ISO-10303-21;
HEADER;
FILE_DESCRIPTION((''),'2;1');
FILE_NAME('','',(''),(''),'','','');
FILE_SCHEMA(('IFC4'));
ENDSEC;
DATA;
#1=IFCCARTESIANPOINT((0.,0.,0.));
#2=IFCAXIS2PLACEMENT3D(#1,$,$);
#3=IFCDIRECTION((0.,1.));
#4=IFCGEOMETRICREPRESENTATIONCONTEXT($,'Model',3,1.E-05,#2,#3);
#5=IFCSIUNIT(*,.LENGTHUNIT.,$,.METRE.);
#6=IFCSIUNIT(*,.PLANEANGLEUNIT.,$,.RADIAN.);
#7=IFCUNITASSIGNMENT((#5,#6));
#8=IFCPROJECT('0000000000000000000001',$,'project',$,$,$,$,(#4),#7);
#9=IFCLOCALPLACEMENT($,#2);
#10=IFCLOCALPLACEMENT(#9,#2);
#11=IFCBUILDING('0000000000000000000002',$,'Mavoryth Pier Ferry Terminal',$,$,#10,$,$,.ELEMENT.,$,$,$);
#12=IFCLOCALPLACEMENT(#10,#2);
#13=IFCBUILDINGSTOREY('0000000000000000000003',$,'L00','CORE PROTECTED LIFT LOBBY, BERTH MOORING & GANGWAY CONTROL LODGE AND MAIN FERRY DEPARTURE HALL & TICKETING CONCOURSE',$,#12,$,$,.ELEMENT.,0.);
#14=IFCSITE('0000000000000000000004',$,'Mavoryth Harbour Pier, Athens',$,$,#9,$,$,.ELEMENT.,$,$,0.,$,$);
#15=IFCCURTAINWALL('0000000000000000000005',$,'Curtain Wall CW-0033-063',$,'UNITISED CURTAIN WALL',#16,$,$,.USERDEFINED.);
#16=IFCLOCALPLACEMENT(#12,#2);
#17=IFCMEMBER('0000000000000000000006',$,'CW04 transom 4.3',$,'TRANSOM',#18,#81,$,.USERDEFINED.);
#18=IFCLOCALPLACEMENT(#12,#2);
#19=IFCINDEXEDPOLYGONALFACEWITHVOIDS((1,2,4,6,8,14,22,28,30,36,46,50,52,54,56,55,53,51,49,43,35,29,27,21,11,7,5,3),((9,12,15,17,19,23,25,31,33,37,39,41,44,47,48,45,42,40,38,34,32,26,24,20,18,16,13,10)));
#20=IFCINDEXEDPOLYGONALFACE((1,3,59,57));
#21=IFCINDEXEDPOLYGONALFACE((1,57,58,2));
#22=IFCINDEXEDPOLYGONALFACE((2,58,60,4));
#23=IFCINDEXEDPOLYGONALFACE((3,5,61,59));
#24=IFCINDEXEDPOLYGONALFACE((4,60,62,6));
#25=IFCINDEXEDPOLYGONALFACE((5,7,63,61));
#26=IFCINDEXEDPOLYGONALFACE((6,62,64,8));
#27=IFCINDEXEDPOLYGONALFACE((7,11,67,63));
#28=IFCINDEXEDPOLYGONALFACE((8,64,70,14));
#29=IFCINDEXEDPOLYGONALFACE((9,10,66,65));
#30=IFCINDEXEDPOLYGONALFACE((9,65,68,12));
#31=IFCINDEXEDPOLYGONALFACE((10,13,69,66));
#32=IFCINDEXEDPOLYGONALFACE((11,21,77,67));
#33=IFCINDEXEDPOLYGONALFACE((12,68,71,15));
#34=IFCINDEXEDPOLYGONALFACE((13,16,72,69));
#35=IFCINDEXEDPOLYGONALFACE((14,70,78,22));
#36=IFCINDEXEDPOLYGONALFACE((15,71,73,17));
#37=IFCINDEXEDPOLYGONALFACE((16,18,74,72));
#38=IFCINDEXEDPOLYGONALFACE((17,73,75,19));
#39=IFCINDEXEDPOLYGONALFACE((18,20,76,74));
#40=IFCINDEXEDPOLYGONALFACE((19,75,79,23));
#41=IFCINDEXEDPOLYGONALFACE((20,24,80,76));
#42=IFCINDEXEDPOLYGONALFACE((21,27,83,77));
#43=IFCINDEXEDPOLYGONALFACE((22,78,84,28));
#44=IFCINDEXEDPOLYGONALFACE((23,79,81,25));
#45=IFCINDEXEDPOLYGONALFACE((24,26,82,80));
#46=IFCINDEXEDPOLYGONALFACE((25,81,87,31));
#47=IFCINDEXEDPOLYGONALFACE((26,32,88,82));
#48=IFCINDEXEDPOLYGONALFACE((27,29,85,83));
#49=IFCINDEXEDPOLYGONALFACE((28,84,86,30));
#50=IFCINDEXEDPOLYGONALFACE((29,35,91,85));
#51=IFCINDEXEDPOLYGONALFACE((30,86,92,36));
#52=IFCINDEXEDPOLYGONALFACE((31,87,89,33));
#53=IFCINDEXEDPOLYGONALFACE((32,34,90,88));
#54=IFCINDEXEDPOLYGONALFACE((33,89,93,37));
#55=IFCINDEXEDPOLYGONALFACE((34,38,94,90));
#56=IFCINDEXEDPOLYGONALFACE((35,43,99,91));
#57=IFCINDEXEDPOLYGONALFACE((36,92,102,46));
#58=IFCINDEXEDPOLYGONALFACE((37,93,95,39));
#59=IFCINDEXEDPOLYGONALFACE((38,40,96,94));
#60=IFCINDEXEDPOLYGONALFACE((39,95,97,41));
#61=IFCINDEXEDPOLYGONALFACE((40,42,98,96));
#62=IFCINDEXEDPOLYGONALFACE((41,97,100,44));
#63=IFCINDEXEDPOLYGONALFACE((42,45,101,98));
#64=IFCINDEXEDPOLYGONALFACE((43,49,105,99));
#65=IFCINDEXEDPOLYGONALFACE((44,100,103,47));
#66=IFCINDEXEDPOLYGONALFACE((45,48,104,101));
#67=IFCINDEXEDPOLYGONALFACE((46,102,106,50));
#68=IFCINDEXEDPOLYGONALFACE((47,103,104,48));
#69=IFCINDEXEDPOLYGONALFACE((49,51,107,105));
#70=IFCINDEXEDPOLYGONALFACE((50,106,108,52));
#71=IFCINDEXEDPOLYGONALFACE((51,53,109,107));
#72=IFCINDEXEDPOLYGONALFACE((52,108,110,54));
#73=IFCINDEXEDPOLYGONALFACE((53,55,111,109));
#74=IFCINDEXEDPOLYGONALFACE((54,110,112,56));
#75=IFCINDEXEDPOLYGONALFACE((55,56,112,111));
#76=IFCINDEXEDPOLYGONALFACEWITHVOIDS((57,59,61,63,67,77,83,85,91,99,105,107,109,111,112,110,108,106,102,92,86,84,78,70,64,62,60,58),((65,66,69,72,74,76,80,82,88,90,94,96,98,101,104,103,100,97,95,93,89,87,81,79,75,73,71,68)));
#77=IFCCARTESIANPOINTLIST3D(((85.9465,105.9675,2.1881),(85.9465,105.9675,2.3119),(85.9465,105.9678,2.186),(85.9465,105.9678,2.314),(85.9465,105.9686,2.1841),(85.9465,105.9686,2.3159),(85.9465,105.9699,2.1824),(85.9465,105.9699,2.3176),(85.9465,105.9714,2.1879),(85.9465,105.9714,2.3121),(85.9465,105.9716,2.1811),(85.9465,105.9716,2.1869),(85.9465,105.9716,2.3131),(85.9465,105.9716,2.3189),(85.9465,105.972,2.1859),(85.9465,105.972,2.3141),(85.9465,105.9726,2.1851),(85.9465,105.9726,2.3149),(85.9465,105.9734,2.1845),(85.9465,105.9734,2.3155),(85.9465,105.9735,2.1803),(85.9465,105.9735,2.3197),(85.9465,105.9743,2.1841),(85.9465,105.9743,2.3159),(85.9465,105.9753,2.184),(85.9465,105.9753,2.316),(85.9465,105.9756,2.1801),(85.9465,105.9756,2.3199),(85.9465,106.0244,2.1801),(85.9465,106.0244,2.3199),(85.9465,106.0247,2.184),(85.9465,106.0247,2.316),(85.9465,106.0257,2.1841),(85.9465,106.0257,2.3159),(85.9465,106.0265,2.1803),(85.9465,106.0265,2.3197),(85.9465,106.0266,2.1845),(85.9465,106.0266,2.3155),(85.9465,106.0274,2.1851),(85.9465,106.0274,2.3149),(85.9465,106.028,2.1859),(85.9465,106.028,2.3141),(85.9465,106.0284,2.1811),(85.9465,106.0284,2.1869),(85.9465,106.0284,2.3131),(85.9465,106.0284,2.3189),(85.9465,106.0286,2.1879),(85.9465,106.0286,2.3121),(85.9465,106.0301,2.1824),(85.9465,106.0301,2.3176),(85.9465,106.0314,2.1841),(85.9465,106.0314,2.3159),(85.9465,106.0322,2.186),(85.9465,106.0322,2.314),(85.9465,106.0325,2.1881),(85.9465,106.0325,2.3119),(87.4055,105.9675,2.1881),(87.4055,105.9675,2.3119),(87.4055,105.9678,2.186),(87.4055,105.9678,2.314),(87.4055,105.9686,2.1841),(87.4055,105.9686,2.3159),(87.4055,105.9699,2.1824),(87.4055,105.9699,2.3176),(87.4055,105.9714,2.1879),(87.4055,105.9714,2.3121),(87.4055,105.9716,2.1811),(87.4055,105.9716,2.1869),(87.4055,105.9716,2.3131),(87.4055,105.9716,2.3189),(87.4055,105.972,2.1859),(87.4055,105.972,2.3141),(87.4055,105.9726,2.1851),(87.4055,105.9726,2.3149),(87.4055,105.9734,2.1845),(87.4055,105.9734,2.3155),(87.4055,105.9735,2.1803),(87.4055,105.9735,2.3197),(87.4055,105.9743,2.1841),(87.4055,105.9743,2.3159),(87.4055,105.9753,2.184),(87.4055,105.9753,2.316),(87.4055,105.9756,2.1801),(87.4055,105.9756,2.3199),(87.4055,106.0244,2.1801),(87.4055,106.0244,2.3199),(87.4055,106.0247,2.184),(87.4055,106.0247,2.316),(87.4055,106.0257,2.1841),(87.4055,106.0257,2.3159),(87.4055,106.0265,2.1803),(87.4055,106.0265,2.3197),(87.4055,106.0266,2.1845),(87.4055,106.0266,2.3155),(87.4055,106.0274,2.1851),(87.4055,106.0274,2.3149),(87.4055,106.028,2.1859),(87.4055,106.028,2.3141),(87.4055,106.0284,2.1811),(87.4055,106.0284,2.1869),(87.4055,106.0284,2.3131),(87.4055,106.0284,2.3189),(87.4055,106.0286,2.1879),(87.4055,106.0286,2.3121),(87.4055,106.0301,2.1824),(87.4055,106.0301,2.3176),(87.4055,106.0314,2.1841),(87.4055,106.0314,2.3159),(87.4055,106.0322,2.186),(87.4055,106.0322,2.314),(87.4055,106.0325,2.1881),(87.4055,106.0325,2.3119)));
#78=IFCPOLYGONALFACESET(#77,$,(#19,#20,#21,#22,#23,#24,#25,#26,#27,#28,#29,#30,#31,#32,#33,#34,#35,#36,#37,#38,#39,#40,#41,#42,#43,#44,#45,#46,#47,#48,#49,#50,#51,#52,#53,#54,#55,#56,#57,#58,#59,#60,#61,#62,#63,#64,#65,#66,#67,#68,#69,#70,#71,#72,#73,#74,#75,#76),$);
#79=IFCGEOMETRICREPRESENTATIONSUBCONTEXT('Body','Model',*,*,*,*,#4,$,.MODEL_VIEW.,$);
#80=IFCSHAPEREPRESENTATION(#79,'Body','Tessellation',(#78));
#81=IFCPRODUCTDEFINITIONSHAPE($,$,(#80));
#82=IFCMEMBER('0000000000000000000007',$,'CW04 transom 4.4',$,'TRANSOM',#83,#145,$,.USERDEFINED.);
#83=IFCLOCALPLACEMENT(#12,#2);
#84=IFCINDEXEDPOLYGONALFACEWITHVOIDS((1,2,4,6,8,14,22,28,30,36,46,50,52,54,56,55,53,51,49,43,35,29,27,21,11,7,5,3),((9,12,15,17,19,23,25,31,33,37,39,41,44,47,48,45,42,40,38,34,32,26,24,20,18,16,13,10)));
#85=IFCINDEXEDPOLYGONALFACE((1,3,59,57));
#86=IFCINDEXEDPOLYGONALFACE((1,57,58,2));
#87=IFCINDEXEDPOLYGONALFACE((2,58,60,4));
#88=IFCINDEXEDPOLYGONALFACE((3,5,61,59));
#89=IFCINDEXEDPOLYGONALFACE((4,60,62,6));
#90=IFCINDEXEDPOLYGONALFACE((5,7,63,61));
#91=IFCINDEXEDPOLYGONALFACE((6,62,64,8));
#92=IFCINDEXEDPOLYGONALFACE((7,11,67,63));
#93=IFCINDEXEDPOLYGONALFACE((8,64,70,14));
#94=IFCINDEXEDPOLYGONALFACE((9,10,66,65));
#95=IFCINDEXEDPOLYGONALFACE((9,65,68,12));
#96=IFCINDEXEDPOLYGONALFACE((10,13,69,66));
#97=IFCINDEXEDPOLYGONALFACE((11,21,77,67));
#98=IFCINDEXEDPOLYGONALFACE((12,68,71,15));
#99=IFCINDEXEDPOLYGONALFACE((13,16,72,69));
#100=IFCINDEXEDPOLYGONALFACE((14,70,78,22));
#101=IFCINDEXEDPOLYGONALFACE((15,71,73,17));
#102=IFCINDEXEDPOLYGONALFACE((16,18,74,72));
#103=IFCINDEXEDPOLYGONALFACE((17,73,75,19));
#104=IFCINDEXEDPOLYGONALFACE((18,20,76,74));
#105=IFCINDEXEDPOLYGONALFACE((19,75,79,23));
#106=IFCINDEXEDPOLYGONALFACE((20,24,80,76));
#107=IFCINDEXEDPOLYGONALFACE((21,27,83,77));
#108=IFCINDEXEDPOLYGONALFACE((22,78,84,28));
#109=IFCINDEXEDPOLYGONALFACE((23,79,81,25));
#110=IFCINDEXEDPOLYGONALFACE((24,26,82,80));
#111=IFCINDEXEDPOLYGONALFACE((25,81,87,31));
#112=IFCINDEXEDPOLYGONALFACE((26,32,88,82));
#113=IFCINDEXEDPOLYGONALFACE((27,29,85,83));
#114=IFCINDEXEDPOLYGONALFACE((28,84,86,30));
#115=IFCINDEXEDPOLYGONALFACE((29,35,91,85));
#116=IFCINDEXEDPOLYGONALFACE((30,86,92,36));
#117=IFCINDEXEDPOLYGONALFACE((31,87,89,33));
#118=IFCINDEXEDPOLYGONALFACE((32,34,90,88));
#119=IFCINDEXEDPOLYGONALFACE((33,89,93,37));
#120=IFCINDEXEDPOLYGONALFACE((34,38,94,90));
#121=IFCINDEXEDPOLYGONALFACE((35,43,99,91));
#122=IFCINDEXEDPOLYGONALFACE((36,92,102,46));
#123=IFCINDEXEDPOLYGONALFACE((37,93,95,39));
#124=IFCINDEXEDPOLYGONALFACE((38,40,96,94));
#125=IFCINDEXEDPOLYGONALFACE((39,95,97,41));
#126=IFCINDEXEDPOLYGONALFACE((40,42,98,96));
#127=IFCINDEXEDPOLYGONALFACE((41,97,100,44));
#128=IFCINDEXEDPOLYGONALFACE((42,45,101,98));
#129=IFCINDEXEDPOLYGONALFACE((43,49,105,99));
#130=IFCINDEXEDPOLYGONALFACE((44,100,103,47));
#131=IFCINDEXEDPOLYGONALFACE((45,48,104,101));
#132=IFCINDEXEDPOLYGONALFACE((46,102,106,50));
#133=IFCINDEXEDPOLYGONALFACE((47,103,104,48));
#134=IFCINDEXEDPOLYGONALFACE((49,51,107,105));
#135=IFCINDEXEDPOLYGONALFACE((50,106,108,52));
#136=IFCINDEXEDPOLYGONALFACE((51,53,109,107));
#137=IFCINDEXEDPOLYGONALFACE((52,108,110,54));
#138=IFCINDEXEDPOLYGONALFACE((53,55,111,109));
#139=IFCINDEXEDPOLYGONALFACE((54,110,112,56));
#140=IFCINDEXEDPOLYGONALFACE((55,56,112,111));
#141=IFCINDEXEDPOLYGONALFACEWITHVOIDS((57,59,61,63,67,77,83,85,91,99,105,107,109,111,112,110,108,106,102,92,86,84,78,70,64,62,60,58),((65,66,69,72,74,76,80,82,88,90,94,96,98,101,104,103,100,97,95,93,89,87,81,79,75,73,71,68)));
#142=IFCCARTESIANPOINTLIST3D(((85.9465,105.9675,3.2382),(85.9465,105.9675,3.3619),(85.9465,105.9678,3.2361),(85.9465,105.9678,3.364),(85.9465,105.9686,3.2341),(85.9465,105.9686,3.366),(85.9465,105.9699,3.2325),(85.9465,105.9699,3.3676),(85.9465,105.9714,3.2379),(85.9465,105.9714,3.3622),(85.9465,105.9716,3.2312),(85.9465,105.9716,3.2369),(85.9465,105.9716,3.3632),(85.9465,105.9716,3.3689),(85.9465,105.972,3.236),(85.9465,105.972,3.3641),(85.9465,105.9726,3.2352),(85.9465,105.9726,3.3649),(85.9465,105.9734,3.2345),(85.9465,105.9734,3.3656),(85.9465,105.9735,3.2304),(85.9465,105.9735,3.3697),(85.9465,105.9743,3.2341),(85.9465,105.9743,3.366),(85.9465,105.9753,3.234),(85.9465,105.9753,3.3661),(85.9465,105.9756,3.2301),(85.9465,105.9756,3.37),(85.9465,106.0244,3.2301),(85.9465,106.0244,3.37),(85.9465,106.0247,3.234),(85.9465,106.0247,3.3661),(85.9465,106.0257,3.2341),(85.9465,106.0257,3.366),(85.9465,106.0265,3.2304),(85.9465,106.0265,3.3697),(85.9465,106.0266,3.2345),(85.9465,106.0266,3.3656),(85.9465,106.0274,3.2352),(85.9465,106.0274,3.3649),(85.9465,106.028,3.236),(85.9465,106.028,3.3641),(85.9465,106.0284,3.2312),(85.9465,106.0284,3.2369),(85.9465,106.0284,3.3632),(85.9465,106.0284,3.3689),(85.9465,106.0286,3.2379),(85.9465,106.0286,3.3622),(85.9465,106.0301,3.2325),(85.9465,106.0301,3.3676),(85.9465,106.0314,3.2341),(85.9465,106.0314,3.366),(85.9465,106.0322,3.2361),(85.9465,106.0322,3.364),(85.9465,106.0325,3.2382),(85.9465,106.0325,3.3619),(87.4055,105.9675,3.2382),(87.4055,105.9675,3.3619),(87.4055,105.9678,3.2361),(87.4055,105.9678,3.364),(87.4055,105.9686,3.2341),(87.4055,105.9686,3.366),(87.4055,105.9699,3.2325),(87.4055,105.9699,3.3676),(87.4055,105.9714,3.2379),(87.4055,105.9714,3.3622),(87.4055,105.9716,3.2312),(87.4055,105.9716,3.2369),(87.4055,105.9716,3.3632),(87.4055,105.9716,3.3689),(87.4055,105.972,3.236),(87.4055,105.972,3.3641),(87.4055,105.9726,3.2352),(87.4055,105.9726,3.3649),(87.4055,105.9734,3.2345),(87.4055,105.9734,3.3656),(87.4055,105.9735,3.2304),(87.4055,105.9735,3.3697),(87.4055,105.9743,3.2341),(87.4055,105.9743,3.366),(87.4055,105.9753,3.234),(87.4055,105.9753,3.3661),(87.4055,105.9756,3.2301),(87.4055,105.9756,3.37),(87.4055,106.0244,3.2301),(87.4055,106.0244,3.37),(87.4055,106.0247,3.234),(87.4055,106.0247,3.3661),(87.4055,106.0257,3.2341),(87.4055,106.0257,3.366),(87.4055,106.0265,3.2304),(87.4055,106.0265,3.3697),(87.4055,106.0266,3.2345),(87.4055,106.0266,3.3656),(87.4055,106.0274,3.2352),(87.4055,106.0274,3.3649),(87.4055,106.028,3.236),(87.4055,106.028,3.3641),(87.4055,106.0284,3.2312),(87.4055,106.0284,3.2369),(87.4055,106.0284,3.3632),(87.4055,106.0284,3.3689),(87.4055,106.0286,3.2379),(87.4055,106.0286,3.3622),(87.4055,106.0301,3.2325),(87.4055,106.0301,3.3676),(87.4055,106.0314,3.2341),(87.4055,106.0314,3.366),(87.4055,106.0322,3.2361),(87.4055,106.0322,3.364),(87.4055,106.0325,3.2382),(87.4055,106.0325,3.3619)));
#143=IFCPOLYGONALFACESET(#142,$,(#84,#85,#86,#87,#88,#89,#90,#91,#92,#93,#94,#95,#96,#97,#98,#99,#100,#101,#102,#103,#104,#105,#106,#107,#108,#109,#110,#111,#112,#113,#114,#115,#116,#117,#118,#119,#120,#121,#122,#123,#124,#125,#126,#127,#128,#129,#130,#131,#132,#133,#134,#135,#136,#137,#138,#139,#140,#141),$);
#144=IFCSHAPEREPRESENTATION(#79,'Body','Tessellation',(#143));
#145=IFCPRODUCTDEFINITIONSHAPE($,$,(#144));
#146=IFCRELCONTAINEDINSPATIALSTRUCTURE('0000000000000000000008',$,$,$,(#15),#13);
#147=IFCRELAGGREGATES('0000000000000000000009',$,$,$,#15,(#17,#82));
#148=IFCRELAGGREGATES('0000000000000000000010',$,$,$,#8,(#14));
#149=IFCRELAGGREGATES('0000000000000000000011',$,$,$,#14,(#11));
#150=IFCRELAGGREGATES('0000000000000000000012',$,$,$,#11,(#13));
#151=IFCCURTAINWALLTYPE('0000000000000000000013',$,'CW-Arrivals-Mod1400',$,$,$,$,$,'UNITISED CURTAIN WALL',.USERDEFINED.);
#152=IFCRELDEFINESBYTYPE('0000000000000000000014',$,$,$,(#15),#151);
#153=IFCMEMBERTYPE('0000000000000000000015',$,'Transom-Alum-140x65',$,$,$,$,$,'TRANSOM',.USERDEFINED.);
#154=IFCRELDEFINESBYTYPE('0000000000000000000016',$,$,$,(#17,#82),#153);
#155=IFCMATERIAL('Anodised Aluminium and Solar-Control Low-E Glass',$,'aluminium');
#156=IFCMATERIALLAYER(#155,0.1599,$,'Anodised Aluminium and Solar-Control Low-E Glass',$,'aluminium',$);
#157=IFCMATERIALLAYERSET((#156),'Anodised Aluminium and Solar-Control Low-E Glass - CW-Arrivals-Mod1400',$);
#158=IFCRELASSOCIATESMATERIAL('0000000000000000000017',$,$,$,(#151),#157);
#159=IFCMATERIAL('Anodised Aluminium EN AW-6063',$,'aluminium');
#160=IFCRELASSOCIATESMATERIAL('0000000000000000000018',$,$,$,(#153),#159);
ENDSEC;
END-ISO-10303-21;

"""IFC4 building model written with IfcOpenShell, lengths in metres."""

from ifc_helpers import new_model, si_unit, direction, frame, origin, origin_2d, place, context, subcontext, project, spatial, hollow_rectangle, extrude, material, layer, layer_set, material_profile, profile_set, type_object, element, aggregate, save


model = new_model("IFC4")

# Units and contexts
model_context = context("Model", 3, precision=1e-05, world=origin(), true_north=direction((0.0, 1.0)))
body_context = subcontext(model_context, "Body", "Model", "MODEL_VIEW")
ifc_project = project(units=[si_unit("LENGTHUNIT", "METRE"), si_unit("PLANEANGLEUNIT", "RADIAN")], contexts=[model_context])

# Site, building, storey
site_placement = place(None, origin())
site = spatial("IfcSite", under=ifc_project, at=site_placement, Name="Mavoryth Harbour Pier, Athens", CompositionType="ELEMENT", RefElevation=0.0)
building_placement = place(site_placement, origin())
building = spatial("IfcBuilding", under=site, at=building_placement, Name="Mavoryth Pier Ferry Terminal", CompositionType="ELEMENT")
storey_placement = place(building_placement, origin())
storey = spatial("IfcBuildingStorey", under=building, at=storey_placement, Name="L00", Description="CORE PROTECTED LIFT LOBBY, BERTH MOORING & GANGWAY CONTROL LODGE AND MAIN FERRY DEPARTURE HALL & TICKETING CONCOURSE", CompositionType="ELEMENT", Elevation=0.0)

# Curtain wall, members
ifc_material_1 = material(Name="Anodised Aluminium and Solar-Control Low-E Glass", Category="aluminium")
ifc_layer_1 = layer(ifc_material_1, 0.1599, Name="Anodised Aluminium and Solar-Control Low-E Glass", Category="aluminium")
ifc_layer_set_1 = layer_set([ifc_layer_1], Name="Anodised Aluminium and Solar-Control Low-E Glass - CW-Arrivals-Mod1400")
curtain_wall_type = type_object("IfcCurtainWallType", Name="CW-Arrivals-Mod1400", ElementType="UNITISED CURTAIN WALL", PredefinedType="USERDEFINED", material=ifc_layer_set_1)
curtain_wall_placement = place(storey_placement, origin())
curtain_wall = element("IfcCurtainWall", 1, at=curtain_wall_placement, inside=storey, type_object=curtain_wall_type, Name="Curtain Wall CW-0033-063", ObjectType="UNITISED CURTAIN WALL", PredefinedType="USERDEFINED")
ifc_material_2 = material(Name="Anodised Aluminium EN AW-6063", Category="aluminium")
ifc_material_profile_1 = material_profile(ifc_material_2, hollow_rectangle(XDim=0.0649, YDim=0.1399, WallThickness=0.0039, InnerFilletRadius=0.0039, OuterFilletRadius=0.0081, at=origin_2d()), Name="AL-TRAN 140x65x4", Category="aluminium")
ifc_profile_set_1 = profile_set([ifc_material_profile_1], Name="Anodised Aluminium EN AW-6063 - AL-TRAN 140x65x4")
member_type_1 = type_object("IfcMemberType", Name="Transom-Alum-140x65", ElementType="TRANSOM", PredefinedType="USERDEFINED", material=ifc_profile_set_1)
member_1_placement = place(storey_placement, frame((87.4055, 106.0, 2.25), z_axis=(-1.0, 0.0, 0.0), x_axis=(0.0, -1.0, 0.0)))
member_1 = element("IfcMember", 2, at=member_1_placement, type_object=member_type_1, Name="CW04 transom 4.3", ObjectType="TRANSOM", PredefinedType="USERDEFINED", context=body_context, shape_type="SweptSolid", body=[
    extrude(hollow_rectangle(XDim=0.0649, YDim=0.1399, WallThickness=0.0039, InnerFilletRadius=0.0039, OuterFilletRadius=0.0081, at=origin_2d()), origin(), (0.0, 0.0, 1.0), 1.459),
])
member_2_placement = place(storey_placement, frame((87.4055, 106.0, 3.3), z_axis=(-1.0, 0.0, 0.0), x_axis=(0.0, -1.0, 0.0)))
member_2 = element("IfcMember", 3, at=member_2_placement, type_object=member_type_1, Name="CW04 transom 4.4", ObjectType="TRANSOM", PredefinedType="USERDEFINED", context=body_context, shape_type="SweptSolid", body=[
    extrude(hollow_rectangle(XDim=0.0649, YDim=0.1399, WallThickness=0.0039, InnerFilletRadius=0.0039, OuterFilletRadius=0.0081, at=origin_2d()), origin(), (0.0, 0.0, 1.0), 1.459),
])
aggregate(curtain_wall, [member_1, member_2])

save(model, "model.ifc")
